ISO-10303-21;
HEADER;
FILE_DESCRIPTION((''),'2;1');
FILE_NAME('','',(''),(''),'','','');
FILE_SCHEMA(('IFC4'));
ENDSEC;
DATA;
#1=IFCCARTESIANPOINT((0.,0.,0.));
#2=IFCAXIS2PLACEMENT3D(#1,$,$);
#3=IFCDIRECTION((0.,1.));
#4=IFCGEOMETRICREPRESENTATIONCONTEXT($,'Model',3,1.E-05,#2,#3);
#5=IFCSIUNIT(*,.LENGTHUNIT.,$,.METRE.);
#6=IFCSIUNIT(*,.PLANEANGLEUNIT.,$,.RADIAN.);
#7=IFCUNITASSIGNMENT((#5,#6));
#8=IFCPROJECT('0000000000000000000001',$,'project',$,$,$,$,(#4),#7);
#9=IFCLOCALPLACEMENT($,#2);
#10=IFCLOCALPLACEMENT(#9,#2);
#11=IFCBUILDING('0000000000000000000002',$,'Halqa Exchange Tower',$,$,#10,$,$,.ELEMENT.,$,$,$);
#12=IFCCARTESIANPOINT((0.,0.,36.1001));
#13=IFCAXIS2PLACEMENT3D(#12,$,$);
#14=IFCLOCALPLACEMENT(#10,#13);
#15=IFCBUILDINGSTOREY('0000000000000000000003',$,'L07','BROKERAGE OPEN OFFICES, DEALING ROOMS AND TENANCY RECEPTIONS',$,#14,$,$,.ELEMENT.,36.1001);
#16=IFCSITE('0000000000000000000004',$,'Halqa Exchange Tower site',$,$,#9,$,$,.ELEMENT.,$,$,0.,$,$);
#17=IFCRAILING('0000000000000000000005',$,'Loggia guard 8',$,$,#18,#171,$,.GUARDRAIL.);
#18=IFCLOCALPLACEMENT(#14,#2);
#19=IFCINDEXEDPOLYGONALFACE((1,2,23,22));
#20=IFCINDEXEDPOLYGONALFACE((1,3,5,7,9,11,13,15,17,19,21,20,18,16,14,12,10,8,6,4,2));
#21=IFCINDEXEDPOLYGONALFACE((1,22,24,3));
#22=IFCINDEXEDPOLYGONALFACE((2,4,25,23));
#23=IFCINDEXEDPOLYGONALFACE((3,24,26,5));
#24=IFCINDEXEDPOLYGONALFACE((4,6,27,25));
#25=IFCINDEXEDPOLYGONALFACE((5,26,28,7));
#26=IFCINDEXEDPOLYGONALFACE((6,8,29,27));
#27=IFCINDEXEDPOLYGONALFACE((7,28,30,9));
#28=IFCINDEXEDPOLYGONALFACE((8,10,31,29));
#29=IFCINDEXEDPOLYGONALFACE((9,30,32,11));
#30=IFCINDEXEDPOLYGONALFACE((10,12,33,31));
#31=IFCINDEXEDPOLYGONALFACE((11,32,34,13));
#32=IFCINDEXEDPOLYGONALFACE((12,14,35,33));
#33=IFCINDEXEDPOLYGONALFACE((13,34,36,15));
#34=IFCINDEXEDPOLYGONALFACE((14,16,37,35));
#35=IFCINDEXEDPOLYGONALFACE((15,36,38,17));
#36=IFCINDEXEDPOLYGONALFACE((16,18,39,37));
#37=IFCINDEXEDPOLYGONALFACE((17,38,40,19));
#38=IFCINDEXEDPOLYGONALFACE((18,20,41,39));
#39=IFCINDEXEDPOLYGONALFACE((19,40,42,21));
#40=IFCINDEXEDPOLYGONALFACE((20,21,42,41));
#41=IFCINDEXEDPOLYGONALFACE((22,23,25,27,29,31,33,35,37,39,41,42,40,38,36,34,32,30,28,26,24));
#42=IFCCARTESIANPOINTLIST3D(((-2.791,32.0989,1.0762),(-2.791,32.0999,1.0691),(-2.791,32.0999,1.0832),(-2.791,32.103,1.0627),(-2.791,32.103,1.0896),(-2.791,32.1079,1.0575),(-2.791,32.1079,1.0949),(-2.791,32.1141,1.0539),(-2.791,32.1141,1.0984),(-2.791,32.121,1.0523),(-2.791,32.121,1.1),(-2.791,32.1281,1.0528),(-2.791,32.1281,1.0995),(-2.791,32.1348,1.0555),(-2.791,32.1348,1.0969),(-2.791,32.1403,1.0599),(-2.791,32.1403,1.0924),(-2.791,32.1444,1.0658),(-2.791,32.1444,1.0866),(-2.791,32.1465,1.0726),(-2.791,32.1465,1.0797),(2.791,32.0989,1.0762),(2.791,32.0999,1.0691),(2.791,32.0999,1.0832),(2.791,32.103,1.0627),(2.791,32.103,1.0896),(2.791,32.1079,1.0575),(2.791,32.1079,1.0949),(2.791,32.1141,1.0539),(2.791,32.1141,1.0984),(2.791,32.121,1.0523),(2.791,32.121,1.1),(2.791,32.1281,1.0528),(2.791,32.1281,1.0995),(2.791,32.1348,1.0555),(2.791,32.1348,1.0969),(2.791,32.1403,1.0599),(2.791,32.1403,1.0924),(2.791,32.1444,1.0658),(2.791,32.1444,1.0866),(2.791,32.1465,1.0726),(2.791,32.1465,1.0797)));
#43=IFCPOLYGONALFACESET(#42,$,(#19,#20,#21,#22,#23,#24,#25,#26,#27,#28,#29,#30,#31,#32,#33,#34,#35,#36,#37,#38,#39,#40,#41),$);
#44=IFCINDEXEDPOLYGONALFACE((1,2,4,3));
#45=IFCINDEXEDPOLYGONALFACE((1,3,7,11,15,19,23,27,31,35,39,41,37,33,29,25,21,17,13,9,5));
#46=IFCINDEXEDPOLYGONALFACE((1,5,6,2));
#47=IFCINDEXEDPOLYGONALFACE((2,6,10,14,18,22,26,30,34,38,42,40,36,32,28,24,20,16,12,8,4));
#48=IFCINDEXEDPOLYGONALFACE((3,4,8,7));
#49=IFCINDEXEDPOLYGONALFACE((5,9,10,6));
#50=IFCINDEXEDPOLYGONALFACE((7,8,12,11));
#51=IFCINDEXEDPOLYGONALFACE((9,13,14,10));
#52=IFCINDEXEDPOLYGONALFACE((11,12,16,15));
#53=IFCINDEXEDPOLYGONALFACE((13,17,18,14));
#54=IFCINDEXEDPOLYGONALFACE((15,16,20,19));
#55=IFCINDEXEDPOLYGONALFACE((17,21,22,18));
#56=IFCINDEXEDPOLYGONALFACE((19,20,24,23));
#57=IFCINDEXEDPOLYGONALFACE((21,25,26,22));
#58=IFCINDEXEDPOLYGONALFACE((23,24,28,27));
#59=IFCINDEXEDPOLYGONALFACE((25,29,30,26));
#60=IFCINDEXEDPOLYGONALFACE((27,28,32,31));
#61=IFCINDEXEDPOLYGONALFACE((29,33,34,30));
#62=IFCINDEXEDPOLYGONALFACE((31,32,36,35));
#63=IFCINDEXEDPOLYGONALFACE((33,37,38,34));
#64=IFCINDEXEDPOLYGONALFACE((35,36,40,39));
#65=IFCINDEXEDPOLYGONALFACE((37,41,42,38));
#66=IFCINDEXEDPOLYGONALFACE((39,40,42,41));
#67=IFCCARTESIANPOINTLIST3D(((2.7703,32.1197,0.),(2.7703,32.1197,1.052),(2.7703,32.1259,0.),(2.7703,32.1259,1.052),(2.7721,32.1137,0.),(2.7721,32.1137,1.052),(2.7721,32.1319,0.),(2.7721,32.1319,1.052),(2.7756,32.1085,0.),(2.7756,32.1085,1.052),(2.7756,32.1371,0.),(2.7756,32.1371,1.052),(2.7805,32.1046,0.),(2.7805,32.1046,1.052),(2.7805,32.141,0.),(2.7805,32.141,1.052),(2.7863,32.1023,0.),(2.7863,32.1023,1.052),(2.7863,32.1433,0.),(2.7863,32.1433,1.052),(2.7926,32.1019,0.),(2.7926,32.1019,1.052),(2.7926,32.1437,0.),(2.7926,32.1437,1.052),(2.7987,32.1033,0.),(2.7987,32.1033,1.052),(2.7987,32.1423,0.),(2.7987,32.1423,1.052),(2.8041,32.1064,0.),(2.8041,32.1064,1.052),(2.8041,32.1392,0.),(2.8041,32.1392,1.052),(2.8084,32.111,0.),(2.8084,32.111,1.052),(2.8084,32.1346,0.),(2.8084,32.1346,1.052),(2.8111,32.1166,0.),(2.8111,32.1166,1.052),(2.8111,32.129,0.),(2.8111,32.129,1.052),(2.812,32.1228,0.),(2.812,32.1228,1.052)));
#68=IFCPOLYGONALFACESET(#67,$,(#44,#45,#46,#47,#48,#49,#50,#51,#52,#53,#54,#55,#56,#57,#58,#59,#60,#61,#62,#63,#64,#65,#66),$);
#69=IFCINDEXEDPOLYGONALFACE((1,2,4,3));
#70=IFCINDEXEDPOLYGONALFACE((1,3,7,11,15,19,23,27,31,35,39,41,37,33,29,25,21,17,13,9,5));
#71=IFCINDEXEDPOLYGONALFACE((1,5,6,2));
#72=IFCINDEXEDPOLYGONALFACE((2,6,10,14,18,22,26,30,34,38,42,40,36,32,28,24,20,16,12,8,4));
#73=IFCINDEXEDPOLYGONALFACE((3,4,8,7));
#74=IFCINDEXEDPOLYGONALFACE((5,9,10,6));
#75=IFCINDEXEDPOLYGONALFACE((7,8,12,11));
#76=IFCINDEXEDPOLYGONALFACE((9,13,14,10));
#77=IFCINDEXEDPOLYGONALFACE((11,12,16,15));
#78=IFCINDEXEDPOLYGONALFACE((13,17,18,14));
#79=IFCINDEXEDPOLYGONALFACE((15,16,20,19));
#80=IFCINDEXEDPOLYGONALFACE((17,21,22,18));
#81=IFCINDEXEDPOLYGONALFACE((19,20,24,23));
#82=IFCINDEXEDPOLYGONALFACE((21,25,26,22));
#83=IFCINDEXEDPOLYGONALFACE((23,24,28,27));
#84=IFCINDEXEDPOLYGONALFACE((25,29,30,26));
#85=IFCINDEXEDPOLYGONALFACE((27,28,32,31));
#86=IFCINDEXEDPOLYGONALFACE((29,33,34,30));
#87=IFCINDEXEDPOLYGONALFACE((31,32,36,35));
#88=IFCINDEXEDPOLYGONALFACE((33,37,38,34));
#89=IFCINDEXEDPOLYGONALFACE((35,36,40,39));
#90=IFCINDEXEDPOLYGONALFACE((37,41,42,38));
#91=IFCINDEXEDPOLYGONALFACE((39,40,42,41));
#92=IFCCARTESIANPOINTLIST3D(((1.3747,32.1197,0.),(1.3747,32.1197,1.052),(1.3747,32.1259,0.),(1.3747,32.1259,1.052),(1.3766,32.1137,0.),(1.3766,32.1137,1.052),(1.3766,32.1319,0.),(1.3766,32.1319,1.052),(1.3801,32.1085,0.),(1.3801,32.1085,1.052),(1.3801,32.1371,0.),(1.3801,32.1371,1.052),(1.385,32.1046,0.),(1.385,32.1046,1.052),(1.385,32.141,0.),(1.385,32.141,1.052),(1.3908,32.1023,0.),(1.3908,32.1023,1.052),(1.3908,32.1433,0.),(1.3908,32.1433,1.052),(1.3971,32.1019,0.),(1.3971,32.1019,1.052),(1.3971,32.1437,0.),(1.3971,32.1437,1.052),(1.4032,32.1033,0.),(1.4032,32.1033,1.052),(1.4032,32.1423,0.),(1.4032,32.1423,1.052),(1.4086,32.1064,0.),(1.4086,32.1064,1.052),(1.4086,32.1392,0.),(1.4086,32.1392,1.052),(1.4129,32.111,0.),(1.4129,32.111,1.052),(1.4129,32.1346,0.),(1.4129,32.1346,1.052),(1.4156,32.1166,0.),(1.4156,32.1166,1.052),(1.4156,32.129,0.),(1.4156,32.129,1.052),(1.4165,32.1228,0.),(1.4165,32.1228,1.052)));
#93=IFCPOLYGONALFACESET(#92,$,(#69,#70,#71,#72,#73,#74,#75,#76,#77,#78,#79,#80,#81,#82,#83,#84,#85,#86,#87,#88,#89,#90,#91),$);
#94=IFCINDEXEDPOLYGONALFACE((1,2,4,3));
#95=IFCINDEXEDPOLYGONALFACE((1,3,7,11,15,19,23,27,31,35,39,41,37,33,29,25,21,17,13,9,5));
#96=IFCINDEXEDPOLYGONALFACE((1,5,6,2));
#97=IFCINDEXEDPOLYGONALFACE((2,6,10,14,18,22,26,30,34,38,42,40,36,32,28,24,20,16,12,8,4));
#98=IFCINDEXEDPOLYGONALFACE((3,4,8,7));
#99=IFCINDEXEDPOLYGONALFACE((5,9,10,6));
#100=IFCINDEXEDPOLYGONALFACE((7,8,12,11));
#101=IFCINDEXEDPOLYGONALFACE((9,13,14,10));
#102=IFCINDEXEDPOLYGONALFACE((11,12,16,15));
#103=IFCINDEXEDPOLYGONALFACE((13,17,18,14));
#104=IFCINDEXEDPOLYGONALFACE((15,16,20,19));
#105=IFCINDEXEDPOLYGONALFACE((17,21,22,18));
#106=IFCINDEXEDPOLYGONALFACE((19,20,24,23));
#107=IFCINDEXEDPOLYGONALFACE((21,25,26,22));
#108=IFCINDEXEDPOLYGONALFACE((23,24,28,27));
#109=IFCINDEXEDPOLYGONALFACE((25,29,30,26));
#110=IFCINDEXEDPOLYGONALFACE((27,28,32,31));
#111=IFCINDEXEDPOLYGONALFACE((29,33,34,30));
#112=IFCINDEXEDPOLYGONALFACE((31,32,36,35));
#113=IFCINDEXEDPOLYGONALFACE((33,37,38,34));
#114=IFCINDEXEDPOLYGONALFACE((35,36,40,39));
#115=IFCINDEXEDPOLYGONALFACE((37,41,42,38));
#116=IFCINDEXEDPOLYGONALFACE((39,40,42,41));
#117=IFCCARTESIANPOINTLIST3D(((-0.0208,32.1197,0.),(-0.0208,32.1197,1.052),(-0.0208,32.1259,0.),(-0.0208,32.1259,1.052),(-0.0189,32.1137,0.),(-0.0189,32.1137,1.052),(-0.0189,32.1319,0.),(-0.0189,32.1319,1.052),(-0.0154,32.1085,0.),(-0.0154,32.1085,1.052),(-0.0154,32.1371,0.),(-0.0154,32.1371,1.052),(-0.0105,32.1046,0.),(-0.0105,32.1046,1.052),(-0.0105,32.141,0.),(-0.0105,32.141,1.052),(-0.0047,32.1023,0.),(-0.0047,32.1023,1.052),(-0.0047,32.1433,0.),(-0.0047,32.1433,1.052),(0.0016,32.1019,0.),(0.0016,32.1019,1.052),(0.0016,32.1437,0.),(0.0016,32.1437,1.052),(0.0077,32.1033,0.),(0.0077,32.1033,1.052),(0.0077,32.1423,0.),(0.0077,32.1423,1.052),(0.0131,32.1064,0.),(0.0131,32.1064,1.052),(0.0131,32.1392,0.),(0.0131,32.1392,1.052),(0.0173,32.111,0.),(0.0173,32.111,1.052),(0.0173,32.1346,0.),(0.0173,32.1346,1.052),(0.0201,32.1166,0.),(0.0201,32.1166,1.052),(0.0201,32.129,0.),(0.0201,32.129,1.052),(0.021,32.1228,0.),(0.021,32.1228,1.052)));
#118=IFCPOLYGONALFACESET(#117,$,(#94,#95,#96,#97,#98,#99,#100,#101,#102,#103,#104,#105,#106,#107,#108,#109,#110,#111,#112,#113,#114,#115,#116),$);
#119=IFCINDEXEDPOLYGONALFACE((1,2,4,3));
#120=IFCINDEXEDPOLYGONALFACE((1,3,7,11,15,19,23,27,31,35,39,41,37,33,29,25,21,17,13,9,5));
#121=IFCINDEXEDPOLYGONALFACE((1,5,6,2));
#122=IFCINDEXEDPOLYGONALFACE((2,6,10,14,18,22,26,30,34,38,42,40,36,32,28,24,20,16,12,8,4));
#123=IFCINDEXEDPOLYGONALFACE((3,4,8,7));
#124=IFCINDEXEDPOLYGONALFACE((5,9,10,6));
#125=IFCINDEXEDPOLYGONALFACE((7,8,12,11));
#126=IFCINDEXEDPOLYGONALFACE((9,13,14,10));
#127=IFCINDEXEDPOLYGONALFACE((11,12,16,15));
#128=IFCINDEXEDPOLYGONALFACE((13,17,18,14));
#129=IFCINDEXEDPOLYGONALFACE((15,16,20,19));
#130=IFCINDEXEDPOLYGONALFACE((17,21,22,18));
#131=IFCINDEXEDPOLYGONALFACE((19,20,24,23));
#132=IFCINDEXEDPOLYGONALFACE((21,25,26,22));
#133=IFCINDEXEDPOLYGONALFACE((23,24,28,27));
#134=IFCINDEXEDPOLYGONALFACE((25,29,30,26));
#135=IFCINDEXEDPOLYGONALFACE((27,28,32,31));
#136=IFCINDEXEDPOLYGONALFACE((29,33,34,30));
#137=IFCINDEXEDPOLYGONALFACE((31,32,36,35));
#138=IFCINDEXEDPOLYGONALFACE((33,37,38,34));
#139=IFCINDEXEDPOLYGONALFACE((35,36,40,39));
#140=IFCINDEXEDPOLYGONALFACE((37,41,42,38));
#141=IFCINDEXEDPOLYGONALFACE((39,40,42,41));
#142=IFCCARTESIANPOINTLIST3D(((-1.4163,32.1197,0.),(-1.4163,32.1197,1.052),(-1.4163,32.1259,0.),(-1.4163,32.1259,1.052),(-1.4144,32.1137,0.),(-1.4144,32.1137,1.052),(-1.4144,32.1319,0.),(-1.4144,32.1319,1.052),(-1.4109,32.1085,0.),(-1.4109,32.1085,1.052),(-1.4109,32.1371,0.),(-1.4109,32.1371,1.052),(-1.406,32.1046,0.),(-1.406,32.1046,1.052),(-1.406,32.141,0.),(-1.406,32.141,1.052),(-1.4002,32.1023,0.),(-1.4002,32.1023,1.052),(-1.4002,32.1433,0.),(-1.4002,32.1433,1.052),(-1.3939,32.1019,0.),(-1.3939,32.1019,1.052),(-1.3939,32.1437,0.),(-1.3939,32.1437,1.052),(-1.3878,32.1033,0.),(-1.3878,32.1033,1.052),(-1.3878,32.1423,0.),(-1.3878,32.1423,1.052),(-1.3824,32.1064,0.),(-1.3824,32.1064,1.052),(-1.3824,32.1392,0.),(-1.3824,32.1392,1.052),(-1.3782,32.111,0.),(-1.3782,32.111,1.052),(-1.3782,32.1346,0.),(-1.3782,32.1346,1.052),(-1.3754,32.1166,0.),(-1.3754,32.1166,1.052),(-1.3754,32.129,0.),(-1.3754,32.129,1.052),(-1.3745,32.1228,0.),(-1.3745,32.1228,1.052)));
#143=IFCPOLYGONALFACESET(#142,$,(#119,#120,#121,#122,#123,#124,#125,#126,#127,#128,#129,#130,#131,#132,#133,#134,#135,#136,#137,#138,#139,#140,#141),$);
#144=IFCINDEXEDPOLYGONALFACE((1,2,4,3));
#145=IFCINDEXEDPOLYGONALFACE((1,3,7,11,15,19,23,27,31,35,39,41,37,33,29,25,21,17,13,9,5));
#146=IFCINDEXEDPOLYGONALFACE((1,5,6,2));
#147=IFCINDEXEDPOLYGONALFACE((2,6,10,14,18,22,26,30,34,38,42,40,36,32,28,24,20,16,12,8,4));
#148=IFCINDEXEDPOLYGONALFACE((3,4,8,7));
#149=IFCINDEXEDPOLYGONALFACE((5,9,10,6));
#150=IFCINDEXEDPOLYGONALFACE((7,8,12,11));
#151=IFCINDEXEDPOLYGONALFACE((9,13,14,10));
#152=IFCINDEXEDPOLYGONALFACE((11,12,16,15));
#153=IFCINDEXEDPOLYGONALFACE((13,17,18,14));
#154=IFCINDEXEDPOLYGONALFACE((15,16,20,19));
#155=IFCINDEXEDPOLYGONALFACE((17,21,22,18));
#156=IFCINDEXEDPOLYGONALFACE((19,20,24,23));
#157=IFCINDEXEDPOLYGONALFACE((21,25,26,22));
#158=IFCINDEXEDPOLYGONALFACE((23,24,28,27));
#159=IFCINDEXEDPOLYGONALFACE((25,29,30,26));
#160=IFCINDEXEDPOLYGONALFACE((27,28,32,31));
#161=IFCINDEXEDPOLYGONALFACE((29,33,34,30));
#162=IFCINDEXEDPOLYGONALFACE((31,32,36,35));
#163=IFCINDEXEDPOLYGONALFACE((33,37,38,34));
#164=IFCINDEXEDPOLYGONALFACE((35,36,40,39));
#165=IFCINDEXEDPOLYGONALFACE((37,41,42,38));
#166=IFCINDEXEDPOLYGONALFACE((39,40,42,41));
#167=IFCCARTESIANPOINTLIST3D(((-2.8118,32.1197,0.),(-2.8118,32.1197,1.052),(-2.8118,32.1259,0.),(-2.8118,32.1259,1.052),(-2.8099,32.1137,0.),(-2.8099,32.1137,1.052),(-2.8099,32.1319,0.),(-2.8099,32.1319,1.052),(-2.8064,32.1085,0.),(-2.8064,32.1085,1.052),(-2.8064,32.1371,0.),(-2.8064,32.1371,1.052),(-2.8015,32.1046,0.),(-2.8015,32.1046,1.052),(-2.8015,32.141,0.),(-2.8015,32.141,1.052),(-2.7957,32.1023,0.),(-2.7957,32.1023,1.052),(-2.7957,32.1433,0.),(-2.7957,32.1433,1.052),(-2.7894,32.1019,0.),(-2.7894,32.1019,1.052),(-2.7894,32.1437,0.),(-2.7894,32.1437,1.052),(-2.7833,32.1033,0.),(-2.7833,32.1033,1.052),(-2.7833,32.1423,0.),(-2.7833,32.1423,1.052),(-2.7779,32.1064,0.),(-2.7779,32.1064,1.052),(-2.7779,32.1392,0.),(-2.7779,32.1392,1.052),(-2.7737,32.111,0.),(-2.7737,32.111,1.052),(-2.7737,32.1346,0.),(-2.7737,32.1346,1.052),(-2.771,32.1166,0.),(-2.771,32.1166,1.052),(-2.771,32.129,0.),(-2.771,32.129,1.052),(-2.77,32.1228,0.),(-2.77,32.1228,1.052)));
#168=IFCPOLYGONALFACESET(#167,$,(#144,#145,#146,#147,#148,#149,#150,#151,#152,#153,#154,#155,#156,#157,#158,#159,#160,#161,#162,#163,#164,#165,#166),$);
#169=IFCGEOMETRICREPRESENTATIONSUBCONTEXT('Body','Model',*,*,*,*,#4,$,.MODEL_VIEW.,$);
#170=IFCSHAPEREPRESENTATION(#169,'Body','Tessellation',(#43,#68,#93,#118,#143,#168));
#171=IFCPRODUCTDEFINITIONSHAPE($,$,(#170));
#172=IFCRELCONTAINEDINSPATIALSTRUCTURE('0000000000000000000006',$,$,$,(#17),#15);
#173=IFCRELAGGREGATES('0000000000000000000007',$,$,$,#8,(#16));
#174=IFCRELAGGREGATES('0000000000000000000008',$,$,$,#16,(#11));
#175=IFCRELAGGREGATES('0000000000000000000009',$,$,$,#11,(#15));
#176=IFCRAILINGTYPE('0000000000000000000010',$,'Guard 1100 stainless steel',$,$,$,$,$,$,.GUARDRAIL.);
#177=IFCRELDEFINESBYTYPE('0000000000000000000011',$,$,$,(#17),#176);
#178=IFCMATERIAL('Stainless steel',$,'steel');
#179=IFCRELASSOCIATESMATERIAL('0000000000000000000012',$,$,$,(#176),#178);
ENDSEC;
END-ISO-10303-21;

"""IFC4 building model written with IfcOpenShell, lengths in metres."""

from ifc_helpers import new_model, si_unit, direction, frame, origin, origin_2d, place, context, subcontext, project, spatial, circle, extrude, material, type_object, element, save


model = new_model("IFC4")

# Units and contexts
model_context = context("Model", 3, precision=1e-05, world=origin(), true_north=direction((0.0, 1.0)))
body_context = subcontext(model_context, "Body", "Model", "MODEL_VIEW")
ifc_project = project(units=[si_unit("LENGTHUNIT", "METRE"), si_unit("PLANEANGLEUNIT", "RADIAN")], contexts=[model_context])

# Site, building, storey
site_placement = place(None, origin())
site = spatial("IfcSite", under=ifc_project, at=site_placement, Name="Halqa Exchange Tower site", CompositionType="ELEMENT", RefElevation=0.0)
building_placement = place(site_placement, origin())
building = spatial("IfcBuilding", under=site, at=building_placement, Name="Halqa Exchange Tower", CompositionType="ELEMENT")
storey_placement = place(building_placement, frame((0.0, 0.0, 36.1001)))
storey = spatial("IfcBuildingStorey", under=building, at=storey_placement, Name="L07", Description="BROKERAGE OPEN OFFICES, DEALING ROOMS AND TENANCY RECEPTIONS", CompositionType="ELEMENT", Elevation=36.1001)

# Railing
ifc_material_1 = material(Name="Stainless steel", Category="steel")
railing_type_1 = type_object("IfcRailingType", Name="Guard 1100 stainless steel", PredefinedType="GUARDRAIL", material=ifc_material_1)
railing_1_placement = place(storey_placement, frame((2.791, 32.1228, 0.0)))
element("IfcRailing", 1, at=railing_1_placement, inside=storey, type_object=railing_type_1, Name="Loggia guard 8", PredefinedType="GUARDRAIL", context=body_context, shape_type="SweptSolid", body=[
    extrude(circle(Radius=0.0239, at=origin_2d()), frame((0.0, 0.0, 1.0762), z_axis=(-1.0, 0.0, 0.0), x_axis=(0.0, -1.0, 0.0)), (0.0, 0.0, 1.0), 5.582),
    extrude(circle(Radius=0.021, at=origin_2d()), origin(), (0.0, 0.0, 1.0), 1.052),
    extrude(circle(Radius=0.021, at=origin_2d()), frame((-1.3955, 0.0, 0.0)), (0.0, 0.0, 1.0), 1.052),
    extrude(circle(Radius=0.021, at=origin_2d()), frame((-2.791, 0.0, 0.0)), (0.0, 0.0, 1.0), 1.052),
    extrude(circle(Radius=0.021, at=origin_2d()), frame((-4.1865, 0.0, 0.0)), (0.0, 0.0, 1.0), 1.052),
    extrude(circle(Radius=0.021, at=origin_2d()), frame((-5.582, 0.0, 0.0)), (0.0, 0.0, 1.0), 1.052),
])

save(model, "model.ifc")
